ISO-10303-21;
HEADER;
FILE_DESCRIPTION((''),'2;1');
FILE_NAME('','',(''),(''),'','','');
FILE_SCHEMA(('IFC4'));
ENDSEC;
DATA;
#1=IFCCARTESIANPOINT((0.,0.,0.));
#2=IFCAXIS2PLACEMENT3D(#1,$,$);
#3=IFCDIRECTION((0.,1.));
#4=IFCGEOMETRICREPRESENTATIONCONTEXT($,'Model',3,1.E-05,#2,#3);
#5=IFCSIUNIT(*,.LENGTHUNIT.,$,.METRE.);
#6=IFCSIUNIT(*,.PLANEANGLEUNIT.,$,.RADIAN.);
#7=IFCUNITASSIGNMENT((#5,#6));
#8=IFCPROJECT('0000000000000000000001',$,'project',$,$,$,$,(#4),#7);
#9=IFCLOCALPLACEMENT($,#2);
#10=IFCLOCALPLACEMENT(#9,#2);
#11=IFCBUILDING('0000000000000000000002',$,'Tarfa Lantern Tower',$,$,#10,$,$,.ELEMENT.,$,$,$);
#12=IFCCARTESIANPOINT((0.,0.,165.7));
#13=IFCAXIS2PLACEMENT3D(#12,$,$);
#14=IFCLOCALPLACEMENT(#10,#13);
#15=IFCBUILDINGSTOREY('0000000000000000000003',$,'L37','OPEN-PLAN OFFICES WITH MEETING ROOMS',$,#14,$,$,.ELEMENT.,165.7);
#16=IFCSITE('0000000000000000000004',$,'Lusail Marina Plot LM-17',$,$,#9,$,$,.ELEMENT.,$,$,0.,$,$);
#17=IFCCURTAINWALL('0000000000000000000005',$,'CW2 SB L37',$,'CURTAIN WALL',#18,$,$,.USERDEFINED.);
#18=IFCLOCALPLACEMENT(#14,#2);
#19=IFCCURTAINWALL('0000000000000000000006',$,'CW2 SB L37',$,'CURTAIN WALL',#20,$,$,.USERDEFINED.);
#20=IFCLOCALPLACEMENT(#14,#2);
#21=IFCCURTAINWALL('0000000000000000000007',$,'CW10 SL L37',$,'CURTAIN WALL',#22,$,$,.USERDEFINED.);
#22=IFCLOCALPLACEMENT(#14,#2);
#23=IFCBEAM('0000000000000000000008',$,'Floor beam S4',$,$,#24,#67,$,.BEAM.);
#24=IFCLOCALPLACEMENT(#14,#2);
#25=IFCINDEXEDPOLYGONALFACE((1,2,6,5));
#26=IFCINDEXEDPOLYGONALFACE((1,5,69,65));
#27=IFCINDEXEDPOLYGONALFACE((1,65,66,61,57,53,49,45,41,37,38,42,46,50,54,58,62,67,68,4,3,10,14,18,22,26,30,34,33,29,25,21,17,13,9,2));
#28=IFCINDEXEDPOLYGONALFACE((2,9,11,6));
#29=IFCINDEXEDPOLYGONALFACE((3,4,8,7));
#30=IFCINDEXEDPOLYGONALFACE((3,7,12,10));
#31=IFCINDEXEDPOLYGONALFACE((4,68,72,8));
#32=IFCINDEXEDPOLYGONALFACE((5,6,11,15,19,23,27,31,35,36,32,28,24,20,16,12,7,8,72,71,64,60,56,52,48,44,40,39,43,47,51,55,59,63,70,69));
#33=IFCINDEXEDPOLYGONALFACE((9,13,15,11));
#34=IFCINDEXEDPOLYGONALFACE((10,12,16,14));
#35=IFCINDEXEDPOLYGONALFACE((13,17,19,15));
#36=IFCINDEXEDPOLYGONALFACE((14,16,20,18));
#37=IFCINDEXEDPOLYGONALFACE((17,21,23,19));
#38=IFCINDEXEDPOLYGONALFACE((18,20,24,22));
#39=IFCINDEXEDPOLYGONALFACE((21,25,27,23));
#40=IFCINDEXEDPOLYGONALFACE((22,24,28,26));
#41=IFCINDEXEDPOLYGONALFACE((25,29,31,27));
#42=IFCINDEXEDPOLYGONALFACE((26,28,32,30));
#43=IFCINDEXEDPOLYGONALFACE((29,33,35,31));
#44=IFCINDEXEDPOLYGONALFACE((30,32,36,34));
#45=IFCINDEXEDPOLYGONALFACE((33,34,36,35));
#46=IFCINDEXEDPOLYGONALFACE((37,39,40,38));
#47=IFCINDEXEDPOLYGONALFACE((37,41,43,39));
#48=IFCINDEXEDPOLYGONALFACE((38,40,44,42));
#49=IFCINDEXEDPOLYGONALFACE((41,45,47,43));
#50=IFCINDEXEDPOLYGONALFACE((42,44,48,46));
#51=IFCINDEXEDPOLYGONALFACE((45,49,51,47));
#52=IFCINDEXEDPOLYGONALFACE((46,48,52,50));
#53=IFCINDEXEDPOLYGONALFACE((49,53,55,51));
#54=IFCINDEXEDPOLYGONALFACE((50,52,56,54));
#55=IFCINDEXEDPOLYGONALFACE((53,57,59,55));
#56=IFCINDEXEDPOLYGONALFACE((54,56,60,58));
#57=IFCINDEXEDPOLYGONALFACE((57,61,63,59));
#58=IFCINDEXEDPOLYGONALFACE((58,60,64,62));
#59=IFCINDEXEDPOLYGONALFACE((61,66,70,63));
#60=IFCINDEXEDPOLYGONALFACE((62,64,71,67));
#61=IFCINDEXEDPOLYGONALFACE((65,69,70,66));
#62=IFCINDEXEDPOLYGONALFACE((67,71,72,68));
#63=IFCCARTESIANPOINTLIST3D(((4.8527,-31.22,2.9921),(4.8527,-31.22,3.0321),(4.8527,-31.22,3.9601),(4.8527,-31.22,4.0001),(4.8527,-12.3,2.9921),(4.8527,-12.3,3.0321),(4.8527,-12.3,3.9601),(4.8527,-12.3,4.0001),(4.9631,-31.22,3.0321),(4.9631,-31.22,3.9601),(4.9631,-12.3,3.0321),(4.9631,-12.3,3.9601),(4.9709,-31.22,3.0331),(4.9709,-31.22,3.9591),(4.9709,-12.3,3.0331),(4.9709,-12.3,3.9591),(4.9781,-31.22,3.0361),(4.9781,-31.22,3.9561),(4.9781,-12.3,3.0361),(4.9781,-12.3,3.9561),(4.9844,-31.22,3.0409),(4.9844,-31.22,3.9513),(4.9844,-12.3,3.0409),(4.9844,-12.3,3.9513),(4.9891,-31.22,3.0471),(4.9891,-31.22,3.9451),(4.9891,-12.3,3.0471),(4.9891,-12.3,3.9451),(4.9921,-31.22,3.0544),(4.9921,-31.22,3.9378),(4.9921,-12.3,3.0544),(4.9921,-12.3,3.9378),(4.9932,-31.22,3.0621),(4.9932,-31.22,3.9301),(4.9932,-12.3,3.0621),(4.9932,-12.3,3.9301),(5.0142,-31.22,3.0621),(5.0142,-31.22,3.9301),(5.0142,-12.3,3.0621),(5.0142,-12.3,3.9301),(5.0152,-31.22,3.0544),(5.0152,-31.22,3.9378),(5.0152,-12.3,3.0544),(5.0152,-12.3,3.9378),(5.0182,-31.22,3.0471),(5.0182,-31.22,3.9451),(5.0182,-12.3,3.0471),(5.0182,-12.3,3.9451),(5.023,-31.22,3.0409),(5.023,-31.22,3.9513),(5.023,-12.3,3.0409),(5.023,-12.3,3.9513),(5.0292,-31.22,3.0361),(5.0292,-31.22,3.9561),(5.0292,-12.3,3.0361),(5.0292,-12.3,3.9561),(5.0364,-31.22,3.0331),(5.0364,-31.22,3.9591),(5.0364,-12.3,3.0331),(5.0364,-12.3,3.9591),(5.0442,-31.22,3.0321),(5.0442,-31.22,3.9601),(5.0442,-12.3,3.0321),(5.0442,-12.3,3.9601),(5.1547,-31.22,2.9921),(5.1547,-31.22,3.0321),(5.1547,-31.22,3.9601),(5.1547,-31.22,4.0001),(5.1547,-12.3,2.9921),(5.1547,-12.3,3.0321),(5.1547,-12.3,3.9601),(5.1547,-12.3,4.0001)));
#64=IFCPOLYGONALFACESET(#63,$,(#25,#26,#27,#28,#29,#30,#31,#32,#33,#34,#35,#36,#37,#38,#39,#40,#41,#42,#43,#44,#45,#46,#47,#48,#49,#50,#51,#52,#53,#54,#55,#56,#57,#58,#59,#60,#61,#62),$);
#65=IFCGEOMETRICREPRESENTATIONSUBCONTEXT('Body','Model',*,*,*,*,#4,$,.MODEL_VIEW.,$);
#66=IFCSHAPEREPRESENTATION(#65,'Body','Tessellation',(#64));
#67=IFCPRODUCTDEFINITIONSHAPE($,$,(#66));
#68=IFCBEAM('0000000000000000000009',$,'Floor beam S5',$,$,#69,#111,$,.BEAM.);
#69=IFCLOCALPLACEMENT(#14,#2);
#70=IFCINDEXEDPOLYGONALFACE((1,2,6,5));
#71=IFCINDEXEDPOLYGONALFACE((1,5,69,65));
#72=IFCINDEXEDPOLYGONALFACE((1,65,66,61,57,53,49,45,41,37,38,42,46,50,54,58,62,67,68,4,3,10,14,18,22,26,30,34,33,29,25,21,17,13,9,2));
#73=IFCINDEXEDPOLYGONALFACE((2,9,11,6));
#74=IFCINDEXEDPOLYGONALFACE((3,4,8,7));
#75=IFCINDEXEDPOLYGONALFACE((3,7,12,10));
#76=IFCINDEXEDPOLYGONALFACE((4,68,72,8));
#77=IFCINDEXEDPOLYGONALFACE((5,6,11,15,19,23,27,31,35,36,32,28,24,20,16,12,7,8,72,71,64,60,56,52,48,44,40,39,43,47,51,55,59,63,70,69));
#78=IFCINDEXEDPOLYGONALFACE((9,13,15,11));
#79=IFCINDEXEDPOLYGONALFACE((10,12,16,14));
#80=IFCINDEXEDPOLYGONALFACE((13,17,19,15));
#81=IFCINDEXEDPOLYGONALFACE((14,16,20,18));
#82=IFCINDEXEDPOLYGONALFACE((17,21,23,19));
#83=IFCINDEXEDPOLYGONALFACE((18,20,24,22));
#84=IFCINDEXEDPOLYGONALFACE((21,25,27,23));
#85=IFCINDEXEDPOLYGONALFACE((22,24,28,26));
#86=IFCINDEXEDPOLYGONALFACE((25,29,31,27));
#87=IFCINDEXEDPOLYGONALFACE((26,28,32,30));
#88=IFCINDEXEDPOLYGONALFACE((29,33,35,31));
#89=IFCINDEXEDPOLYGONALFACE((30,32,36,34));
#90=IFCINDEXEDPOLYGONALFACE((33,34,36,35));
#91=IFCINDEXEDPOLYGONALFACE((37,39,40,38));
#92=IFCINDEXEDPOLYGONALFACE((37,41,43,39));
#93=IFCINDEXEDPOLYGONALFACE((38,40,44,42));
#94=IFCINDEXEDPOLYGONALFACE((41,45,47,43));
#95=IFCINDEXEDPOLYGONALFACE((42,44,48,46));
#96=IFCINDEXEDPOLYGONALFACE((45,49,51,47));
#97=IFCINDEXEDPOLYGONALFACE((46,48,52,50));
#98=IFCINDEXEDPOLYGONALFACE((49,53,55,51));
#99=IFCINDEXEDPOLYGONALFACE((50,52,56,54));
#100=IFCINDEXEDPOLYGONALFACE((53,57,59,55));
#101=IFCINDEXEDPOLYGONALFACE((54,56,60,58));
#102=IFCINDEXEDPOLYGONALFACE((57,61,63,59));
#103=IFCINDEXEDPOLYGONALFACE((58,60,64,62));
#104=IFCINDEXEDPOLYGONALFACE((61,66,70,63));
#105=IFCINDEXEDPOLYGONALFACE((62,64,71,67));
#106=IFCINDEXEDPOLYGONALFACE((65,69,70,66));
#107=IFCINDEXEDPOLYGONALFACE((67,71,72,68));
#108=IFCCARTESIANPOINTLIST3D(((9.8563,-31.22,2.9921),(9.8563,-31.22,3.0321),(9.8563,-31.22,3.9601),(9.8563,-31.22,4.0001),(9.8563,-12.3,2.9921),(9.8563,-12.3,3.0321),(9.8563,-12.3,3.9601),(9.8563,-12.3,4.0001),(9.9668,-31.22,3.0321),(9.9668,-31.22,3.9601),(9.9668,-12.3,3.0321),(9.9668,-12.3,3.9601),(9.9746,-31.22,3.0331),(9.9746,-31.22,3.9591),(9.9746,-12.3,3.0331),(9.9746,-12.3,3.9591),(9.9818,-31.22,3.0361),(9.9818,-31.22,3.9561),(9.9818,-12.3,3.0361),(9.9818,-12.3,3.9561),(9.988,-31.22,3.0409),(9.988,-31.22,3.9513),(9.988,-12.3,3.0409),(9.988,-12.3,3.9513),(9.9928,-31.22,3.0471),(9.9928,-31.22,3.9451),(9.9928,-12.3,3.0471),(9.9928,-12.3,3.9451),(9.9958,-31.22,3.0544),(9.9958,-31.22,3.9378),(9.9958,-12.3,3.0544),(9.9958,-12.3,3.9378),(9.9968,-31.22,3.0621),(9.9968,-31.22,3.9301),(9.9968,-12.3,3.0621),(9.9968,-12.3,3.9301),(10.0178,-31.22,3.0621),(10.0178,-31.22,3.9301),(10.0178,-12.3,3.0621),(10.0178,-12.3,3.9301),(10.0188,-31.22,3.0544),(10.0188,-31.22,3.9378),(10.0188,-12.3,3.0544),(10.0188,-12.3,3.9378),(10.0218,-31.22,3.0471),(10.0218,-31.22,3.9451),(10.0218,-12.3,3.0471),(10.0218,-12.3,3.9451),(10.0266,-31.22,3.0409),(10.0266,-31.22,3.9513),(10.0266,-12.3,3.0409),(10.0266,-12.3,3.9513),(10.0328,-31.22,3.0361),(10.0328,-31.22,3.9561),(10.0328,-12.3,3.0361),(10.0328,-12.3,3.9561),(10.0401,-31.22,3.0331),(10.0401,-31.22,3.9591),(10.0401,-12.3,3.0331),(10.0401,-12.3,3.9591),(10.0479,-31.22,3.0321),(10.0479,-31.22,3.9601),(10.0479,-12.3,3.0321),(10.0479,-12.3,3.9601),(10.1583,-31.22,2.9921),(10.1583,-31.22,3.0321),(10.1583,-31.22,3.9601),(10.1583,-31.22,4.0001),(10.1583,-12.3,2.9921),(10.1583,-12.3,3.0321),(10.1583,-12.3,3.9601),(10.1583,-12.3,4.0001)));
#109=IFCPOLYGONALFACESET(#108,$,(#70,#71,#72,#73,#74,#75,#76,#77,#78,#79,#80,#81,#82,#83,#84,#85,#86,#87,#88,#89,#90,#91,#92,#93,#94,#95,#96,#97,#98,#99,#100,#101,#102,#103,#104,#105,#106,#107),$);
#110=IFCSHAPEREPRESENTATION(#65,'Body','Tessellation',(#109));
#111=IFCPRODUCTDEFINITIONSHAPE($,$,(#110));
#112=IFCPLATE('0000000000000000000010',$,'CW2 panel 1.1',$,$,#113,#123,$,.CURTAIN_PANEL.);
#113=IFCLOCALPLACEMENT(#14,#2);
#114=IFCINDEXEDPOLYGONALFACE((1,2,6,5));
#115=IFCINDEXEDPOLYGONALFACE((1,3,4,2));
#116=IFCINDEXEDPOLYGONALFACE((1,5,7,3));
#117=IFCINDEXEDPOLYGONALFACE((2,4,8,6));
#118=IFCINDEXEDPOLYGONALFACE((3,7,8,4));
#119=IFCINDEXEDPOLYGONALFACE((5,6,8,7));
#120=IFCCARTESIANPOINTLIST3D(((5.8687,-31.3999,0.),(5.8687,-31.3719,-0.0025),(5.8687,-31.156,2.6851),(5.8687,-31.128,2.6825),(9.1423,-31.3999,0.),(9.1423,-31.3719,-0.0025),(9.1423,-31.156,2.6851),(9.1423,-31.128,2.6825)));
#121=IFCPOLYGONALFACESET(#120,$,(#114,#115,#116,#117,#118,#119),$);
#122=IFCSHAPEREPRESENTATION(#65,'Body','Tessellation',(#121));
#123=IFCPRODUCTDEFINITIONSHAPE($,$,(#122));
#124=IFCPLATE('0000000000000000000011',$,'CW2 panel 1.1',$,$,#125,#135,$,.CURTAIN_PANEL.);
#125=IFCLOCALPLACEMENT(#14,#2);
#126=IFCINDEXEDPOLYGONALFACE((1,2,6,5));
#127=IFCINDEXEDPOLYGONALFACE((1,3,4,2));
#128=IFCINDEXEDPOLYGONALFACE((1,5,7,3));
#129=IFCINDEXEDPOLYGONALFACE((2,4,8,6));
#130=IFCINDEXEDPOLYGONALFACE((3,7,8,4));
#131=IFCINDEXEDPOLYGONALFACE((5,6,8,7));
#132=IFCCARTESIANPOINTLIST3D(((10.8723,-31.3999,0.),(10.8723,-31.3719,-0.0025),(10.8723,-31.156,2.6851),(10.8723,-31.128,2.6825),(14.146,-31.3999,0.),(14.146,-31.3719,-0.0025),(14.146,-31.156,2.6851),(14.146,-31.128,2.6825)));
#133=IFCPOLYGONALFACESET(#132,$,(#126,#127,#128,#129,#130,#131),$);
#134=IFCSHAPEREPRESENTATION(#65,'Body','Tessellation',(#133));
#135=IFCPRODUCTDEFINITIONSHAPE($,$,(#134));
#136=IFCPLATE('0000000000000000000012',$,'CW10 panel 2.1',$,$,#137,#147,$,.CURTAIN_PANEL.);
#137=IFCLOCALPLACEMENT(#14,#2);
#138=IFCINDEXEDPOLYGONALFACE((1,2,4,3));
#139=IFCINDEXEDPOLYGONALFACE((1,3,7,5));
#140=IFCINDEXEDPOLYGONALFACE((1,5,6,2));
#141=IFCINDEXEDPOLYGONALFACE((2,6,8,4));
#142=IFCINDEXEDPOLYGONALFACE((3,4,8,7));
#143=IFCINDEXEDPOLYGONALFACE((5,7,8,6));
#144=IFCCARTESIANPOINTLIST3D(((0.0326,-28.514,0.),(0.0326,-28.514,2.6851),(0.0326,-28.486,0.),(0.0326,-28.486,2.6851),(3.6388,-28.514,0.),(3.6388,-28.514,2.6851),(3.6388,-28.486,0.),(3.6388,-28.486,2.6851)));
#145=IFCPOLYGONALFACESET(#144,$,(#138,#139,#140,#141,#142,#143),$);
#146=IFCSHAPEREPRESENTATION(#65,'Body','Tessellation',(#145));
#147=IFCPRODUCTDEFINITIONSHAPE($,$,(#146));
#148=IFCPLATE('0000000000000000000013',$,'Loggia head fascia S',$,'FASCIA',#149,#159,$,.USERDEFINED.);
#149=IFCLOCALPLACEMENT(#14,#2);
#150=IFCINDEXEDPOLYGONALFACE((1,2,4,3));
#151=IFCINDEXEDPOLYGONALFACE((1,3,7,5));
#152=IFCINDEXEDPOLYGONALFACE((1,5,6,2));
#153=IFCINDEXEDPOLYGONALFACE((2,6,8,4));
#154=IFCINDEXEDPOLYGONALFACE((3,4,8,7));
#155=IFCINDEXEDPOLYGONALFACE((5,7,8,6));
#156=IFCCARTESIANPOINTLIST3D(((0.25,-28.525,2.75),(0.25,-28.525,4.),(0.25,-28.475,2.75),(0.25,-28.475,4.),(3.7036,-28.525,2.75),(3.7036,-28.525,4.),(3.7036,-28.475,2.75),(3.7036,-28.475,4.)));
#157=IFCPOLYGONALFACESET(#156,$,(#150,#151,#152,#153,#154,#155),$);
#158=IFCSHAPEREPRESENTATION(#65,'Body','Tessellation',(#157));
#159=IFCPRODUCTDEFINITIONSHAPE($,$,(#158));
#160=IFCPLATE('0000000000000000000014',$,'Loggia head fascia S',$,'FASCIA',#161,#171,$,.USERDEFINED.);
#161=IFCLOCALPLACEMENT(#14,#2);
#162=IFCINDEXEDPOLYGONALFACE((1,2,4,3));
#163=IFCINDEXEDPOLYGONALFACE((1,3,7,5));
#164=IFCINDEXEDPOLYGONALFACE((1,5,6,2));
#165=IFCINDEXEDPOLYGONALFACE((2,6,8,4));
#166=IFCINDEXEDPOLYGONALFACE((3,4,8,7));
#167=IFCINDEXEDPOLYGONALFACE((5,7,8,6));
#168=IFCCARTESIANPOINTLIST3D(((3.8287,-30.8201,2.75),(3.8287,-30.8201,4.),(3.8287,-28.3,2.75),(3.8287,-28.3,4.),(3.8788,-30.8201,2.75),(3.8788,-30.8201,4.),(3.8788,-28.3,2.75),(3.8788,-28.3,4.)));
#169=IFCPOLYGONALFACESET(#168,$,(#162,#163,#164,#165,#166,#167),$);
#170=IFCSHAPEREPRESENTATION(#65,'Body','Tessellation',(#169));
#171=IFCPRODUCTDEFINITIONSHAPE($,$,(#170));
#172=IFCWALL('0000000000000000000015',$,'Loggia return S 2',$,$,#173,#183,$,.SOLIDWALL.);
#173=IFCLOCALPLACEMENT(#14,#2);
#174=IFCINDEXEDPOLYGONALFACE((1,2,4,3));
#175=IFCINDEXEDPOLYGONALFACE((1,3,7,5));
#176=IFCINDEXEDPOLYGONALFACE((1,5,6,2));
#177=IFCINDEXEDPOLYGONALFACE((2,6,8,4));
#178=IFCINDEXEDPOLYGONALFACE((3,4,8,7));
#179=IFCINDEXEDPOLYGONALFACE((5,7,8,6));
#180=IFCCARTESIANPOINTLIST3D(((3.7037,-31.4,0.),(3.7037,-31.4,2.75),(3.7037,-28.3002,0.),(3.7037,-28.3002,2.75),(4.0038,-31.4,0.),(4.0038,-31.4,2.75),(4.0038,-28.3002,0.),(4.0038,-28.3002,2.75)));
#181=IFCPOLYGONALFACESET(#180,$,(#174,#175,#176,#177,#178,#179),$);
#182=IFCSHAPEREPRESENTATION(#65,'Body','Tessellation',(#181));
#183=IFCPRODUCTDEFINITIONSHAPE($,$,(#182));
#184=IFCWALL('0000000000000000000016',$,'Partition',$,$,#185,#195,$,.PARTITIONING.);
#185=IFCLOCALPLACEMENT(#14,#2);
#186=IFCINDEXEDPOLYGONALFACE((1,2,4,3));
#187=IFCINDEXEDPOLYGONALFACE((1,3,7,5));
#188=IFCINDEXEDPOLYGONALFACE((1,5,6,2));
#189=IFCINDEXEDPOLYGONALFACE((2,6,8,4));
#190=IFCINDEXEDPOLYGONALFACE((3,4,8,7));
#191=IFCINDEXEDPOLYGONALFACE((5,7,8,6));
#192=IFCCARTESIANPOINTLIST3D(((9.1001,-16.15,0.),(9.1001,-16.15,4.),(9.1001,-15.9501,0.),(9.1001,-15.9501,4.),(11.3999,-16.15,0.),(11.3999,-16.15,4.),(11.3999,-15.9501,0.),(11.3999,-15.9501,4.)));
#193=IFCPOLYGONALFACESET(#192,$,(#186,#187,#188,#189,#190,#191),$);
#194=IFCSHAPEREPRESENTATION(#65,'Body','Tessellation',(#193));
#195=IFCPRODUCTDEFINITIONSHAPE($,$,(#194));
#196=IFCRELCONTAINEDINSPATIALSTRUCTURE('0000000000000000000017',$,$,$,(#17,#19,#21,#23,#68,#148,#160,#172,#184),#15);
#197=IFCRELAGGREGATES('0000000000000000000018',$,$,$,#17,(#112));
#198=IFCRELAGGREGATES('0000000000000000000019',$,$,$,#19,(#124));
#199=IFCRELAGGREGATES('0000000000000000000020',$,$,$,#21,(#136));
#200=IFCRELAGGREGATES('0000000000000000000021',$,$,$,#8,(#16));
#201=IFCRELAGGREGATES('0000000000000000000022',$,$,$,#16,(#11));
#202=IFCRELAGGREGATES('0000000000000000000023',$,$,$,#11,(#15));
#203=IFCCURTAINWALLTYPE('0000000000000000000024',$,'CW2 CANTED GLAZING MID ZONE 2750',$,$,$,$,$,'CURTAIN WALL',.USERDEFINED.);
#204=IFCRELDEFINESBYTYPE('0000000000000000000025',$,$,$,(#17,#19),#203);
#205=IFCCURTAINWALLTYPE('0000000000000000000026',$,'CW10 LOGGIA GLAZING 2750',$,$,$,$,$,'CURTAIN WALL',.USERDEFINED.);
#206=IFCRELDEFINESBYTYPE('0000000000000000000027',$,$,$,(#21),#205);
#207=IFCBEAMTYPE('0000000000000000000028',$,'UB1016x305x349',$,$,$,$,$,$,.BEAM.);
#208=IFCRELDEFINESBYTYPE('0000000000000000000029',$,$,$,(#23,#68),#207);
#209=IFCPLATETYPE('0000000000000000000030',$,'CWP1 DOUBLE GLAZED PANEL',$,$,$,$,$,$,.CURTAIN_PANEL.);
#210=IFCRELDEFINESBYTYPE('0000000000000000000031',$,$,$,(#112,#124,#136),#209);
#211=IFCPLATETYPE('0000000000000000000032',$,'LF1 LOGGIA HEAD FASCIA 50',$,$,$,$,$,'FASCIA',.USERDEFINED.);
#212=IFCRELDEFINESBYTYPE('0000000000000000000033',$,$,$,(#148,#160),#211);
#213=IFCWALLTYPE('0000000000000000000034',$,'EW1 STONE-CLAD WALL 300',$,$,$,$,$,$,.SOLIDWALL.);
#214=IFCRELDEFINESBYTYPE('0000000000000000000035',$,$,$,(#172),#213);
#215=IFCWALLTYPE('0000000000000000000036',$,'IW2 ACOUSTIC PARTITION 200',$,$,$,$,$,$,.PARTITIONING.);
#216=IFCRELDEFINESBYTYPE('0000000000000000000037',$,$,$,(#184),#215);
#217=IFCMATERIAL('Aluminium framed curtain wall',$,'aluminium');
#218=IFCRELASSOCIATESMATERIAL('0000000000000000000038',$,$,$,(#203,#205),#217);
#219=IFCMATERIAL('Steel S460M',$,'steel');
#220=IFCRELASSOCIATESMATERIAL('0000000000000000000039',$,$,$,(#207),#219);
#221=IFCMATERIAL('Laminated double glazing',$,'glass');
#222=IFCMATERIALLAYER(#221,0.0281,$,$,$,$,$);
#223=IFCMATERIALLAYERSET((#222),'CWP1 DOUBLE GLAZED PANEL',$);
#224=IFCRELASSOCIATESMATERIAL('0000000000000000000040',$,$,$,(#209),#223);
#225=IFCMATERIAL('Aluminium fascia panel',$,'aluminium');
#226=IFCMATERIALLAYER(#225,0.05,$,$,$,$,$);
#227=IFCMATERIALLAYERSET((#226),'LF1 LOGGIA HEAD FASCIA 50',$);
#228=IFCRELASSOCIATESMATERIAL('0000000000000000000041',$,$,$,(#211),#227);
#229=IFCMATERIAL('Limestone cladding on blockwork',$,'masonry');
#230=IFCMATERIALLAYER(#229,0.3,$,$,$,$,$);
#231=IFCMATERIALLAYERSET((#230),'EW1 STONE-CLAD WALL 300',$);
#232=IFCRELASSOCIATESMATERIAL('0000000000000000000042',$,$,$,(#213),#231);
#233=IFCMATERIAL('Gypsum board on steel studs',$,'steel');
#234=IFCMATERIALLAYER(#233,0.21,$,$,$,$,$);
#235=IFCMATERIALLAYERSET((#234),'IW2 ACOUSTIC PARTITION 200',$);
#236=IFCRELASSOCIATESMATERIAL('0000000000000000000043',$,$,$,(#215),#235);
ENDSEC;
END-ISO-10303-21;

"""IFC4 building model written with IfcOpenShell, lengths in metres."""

from ifc_helpers import new_model, si_unit, direction, frame, frame_2d, origin, origin_2d, place, context, subcontext, project, spatial, polyline, rectangle, i_section, outline, extrude, material, layer, layer_set, material_profile, profile_set, type_object, element, aggregate, save


model = new_model("IFC4")

# Units and contexts
model_context = context("Model", 3, precision=1e-05, world=origin(), true_north=direction((0.0, 1.0)))
body_context = subcontext(model_context, "Body", "Model", "MODEL_VIEW")
ifc_project = project(units=[si_unit("LENGTHUNIT", "METRE"), si_unit("PLANEANGLEUNIT", "RADIAN")], contexts=[model_context])

# Site, building, storey
site_placement = place(None, origin())
site = spatial("IfcSite", under=ifc_project, at=site_placement, Name="Lusail Marina Plot LM-17", CompositionType="ELEMENT", RefElevation=0.0)
building_placement = place(site_placement, origin())
building = spatial("IfcBuilding", under=site, at=building_placement, Name="Tarfa Lantern Tower", CompositionType="ELEMENT")
storey_placement = place(building_placement, frame((0.0, 0.0, 165.7)))
storey = spatial("IfcBuildingStorey", under=building, at=storey_placement, Name="L37", Description="OPEN-PLAN OFFICES WITH MEETING ROOMS", CompositionType="ELEMENT", Elevation=165.7)

# Curtain wall
ifc_material_1 = material(Name="Aluminium framed curtain wall", Category="aluminium")
curtain_wall_type_1 = type_object("IfcCurtainWallType", Name="CW2 CANTED GLAZING MID ZONE 2750", ElementType="CURTAIN WALL", PredefinedType="USERDEFINED", material=ifc_material_1)
curtain_wall_1_placement = place(storey_placement, origin())
curtain_wall_1 = element("IfcCurtainWall", 1, at=curtain_wall_1_placement, inside=storey, type_object=curtain_wall_type_1, Name="CW2 SB L37", ObjectType="CURTAIN WALL", PredefinedType="USERDEFINED")

# Curtain walls
curtain_wall_2_placement = place(storey_placement, origin())
curtain_wall_2 = element("IfcCurtainWall", 2, at=curtain_wall_2_placement, inside=storey, type_object=curtain_wall_type_1, Name="CW2 SB L37", ObjectType="CURTAIN WALL", PredefinedType="USERDEFINED")
curtain_wall_type_2 = type_object("IfcCurtainWallType", Name="CW10 LOGGIA GLAZING 2750", ElementType="CURTAIN WALL", PredefinedType="USERDEFINED", material=ifc_material_1)
curtain_wall_3_placement = place(storey_placement, origin())
curtain_wall_3 = element("IfcCurtainWall", 3, at=curtain_wall_3_placement, inside=storey, type_object=curtain_wall_type_2, Name="CW10 SL L37", ObjectType="CURTAIN WALL", PredefinedType="USERDEFINED")

# Beams
ifc_material_2 = material(Name="Steel S460M", Category="steel")
ifc_material_profile_1 = material_profile(ifc_material_2, i_section(OverallWidth=0.302, OverallDepth=1.0081, WebThickness=0.021, FlangeThickness=0.04, FilletRadius=0.03, at=origin_2d()), Name="UB1016x305x349")
ifc_profile_set_1 = profile_set([ifc_material_profile_1], Name="Steel S460M")
beam_type_1 = type_object("IfcBeamType", Name="UB1016x305x349", PredefinedType="BEAM", material=ifc_profile_set_1)
for number, where, z_axis, x_axis, name in (
    (4, (5.0037, -31.22, 3.4961), (0.0, 1.0, 0.0), (-1.0, 0.0, 0.0), "Floor beam S4"),
    (5, (10.0073, -31.22, 3.4961), (0.0, 1.0, 0.0), (-1.0, 0.0, 0.0), "Floor beam S5"),
):
    element("IfcBeam", number, at=place(storey_placement, frame(where, z_axis=z_axis, x_axis=x_axis)), inside=storey, type_object=beam_type_1, Name=name, PredefinedType="BEAM", context=body_context, shape_type="SweptSolid", body=[
        extrude(i_section(OverallWidth=0.302, OverallDepth=1.0081, WebThickness=0.021, FlangeThickness=0.04, FilletRadius=0.03, at=origin_2d()), origin(), (0.0, 0.0, 1.0), 18.9199),
    ])

# Plates
ifc_material_3 = material(Name="Laminated double glazing", Category="glass")
ifc_layer_1 = layer(ifc_material_3, 0.0281)
ifc_layer_set_1 = layer_set([ifc_layer_1], Name="CWP1 DOUBLE GLAZED PANEL")
plate_type_1 = type_object("IfcPlateType", Name="CWP1 DOUBLE GLAZED PANEL", PredefinedType="CURTAIN_PANEL", material=ifc_layer_set_1)
plate_1_placement = place(storey_placement, frame((5.8687, -31.3999, 0.0), z_axis=(0.0, -0.9959, 0.090462), x_axis=(1.0, 0.0, 0.0)))
plate_1 = element("IfcPlate", 6, at=plate_1_placement, type_object=plate_type_1, Name="CW2 panel 1.1", PredefinedType="CURTAIN_PANEL", context=body_context, shape_type="SweptSolid", body=[
    extrude(outline(polyline([(0.0, 0.0), (3.2737, 0.0), (3.2737, 2.6961), (0.0, 2.6961), (0.0, 0.0)])), origin(), (0.0, 0.0, -1.0), 0.0281),
])
aggregate(curtain_wall_1, [plate_1])
plate_2_placement = place(storey_placement, frame((10.8723, -31.3999, 0.0), z_axis=(0.0, -0.9959, 0.090462), x_axis=(1.0, 0.0, 0.0)))
plate_2 = element("IfcPlate", 7, at=plate_2_placement, type_object=plate_type_1, Name="CW2 panel 1.1", PredefinedType="CURTAIN_PANEL", context=body_context, shape_type="SweptSolid", body=[
    extrude(outline(polyline([(0.0, 0.0), (3.2737, 0.0), (3.2737, 2.6961), (0.0, 2.6961), (0.0, 0.0)])), origin(), (0.0, 0.0, -1.0), 0.0281),
])
aggregate(curtain_wall_2, [plate_2])
plate_3_placement = place(storey_placement, frame((1.8357, -28.5, 0.0), z_axis=(0.0, 0.0, 1.0), x_axis=(1.0, 0.0, 0.0)))
plate_3 = element("IfcPlate", 8, at=plate_3_placement, type_object=plate_type_1, Name="CW10 panel 2.1", PredefinedType="CURTAIN_PANEL", context=body_context, shape_type="SweptSolid", body=[
    extrude(rectangle(XDim=3.6062, YDim=0.0281, at=origin_2d()), origin(), (0.0, 0.0, 1.0), 2.6851),
])
aggregate(curtain_wall_3, [plate_3])

# Plates
ifc_material_4 = material(Name="Aluminium fascia panel", Category="aluminium")
ifc_layer_2 = layer(ifc_material_4, 0.05)
ifc_layer_set_2 = layer_set([ifc_layer_2], Name="LF1 LOGGIA HEAD FASCIA 50")
plate_type_2 = type_object("IfcPlateType", Name="LF1 LOGGIA HEAD FASCIA 50", ElementType="FASCIA", PredefinedType="USERDEFINED", material=ifc_layer_set_2)
plate_4_placement = place(storey_placement, frame((1.9768, -28.5, 2.75), z_axis=(0.0, 0.0, 1.0), x_axis=(1.0, 0.0, 0.0)))
element("IfcPlate", 9, at=plate_4_placement, inside=storey, type_object=plate_type_2, Name="Loggia head fascia S", ObjectType="FASCIA", PredefinedType="USERDEFINED", context=body_context, shape_type="SweptSolid", body=[
    extrude(rectangle(XDim=3.4536, YDim=0.05, at=origin_2d()), origin(), (0.0, 0.0, 1.0), 1.25),
])
plate_5_placement = place(storey_placement, frame((3.8538, -29.5601, 2.75), z_axis=(0.0, 0.0, 1.0), x_axis=(0.0, 1.0, 0.0)))
element("IfcPlate", 10, at=plate_5_placement, inside=storey, type_object=plate_type_2, Name="Loggia head fascia S", ObjectType="FASCIA", PredefinedType="USERDEFINED", context=body_context, shape_type="SweptSolid", body=[
    extrude(rectangle(XDim=2.52, YDim=0.05, at=origin_2d()), origin(), (0.0, 0.0, 1.0), 1.25),
])

# Walls
ifc_material_5 = material(Name="Limestone cladding on blockwork", Category="masonry")
ifc_layer_3 = layer(ifc_material_5, 0.3)
ifc_layer_set_3 = layer_set([ifc_layer_3], Name="EW1 STONE-CLAD WALL 300")
wall_type_1 = type_object("IfcWallType", Name="EW1 STONE-CLAD WALL 300", PredefinedType="SOLIDWALL", material=ifc_layer_set_3)
wall_placement = place(storey_placement, frame((3.8538, -31.3999, 0.0), z_axis=(0.0, 0.0, 1.0), x_axis=(0.0, 1.0, 0.0)))
element("IfcWall", 11, at=wall_placement, inside=storey, type_object=wall_type_1, Name="Loggia return S 2", PredefinedType="SOLIDWALL", context=body_context, shape_type="SweptSolid", body=[
    extrude(rectangle(XDim=3.0999, YDim=0.3, at=frame_2d((1.5498, 0.0))), origin(), (0.0, 0.0, 1.0), 2.75),
])
ifc_material_6 = material(Name="Gypsum board on steel studs", Category="steel")
ifc_layer_4 = layer(ifc_material_6, 0.21)
ifc_layer_set_4 = layer_set([ifc_layer_4], Name="IW2 ACOUSTIC PARTITION 200")
wall_type_2 = type_object("IfcWallType", Name="IW2 ACOUSTIC PARTITION 200", PredefinedType="PARTITIONING", material=ifc_layer_set_4)
for number, where, z_axis, x_axis, name in (
    (12, (9.1001, -16.05, 0.0), (0.0, 0.0, 1.0), (1.0, 0.0, 0.0), "Partition"),
):
    element("IfcWall", number, at=place(storey_placement, frame(where, z_axis=z_axis, x_axis=x_axis)), inside=storey, type_object=wall_type_2, Name=name, PredefinedType="PARTITIONING", context=body_context, shape_type="SweptSolid", body=[
        extrude(rectangle(XDim=2.2998, YDim=0.2, at=frame_2d((1.1499, 0.0))), origin(), (0.0, 0.0, 1.0), 4.0),
    ])

save(model, "model.ifc")
